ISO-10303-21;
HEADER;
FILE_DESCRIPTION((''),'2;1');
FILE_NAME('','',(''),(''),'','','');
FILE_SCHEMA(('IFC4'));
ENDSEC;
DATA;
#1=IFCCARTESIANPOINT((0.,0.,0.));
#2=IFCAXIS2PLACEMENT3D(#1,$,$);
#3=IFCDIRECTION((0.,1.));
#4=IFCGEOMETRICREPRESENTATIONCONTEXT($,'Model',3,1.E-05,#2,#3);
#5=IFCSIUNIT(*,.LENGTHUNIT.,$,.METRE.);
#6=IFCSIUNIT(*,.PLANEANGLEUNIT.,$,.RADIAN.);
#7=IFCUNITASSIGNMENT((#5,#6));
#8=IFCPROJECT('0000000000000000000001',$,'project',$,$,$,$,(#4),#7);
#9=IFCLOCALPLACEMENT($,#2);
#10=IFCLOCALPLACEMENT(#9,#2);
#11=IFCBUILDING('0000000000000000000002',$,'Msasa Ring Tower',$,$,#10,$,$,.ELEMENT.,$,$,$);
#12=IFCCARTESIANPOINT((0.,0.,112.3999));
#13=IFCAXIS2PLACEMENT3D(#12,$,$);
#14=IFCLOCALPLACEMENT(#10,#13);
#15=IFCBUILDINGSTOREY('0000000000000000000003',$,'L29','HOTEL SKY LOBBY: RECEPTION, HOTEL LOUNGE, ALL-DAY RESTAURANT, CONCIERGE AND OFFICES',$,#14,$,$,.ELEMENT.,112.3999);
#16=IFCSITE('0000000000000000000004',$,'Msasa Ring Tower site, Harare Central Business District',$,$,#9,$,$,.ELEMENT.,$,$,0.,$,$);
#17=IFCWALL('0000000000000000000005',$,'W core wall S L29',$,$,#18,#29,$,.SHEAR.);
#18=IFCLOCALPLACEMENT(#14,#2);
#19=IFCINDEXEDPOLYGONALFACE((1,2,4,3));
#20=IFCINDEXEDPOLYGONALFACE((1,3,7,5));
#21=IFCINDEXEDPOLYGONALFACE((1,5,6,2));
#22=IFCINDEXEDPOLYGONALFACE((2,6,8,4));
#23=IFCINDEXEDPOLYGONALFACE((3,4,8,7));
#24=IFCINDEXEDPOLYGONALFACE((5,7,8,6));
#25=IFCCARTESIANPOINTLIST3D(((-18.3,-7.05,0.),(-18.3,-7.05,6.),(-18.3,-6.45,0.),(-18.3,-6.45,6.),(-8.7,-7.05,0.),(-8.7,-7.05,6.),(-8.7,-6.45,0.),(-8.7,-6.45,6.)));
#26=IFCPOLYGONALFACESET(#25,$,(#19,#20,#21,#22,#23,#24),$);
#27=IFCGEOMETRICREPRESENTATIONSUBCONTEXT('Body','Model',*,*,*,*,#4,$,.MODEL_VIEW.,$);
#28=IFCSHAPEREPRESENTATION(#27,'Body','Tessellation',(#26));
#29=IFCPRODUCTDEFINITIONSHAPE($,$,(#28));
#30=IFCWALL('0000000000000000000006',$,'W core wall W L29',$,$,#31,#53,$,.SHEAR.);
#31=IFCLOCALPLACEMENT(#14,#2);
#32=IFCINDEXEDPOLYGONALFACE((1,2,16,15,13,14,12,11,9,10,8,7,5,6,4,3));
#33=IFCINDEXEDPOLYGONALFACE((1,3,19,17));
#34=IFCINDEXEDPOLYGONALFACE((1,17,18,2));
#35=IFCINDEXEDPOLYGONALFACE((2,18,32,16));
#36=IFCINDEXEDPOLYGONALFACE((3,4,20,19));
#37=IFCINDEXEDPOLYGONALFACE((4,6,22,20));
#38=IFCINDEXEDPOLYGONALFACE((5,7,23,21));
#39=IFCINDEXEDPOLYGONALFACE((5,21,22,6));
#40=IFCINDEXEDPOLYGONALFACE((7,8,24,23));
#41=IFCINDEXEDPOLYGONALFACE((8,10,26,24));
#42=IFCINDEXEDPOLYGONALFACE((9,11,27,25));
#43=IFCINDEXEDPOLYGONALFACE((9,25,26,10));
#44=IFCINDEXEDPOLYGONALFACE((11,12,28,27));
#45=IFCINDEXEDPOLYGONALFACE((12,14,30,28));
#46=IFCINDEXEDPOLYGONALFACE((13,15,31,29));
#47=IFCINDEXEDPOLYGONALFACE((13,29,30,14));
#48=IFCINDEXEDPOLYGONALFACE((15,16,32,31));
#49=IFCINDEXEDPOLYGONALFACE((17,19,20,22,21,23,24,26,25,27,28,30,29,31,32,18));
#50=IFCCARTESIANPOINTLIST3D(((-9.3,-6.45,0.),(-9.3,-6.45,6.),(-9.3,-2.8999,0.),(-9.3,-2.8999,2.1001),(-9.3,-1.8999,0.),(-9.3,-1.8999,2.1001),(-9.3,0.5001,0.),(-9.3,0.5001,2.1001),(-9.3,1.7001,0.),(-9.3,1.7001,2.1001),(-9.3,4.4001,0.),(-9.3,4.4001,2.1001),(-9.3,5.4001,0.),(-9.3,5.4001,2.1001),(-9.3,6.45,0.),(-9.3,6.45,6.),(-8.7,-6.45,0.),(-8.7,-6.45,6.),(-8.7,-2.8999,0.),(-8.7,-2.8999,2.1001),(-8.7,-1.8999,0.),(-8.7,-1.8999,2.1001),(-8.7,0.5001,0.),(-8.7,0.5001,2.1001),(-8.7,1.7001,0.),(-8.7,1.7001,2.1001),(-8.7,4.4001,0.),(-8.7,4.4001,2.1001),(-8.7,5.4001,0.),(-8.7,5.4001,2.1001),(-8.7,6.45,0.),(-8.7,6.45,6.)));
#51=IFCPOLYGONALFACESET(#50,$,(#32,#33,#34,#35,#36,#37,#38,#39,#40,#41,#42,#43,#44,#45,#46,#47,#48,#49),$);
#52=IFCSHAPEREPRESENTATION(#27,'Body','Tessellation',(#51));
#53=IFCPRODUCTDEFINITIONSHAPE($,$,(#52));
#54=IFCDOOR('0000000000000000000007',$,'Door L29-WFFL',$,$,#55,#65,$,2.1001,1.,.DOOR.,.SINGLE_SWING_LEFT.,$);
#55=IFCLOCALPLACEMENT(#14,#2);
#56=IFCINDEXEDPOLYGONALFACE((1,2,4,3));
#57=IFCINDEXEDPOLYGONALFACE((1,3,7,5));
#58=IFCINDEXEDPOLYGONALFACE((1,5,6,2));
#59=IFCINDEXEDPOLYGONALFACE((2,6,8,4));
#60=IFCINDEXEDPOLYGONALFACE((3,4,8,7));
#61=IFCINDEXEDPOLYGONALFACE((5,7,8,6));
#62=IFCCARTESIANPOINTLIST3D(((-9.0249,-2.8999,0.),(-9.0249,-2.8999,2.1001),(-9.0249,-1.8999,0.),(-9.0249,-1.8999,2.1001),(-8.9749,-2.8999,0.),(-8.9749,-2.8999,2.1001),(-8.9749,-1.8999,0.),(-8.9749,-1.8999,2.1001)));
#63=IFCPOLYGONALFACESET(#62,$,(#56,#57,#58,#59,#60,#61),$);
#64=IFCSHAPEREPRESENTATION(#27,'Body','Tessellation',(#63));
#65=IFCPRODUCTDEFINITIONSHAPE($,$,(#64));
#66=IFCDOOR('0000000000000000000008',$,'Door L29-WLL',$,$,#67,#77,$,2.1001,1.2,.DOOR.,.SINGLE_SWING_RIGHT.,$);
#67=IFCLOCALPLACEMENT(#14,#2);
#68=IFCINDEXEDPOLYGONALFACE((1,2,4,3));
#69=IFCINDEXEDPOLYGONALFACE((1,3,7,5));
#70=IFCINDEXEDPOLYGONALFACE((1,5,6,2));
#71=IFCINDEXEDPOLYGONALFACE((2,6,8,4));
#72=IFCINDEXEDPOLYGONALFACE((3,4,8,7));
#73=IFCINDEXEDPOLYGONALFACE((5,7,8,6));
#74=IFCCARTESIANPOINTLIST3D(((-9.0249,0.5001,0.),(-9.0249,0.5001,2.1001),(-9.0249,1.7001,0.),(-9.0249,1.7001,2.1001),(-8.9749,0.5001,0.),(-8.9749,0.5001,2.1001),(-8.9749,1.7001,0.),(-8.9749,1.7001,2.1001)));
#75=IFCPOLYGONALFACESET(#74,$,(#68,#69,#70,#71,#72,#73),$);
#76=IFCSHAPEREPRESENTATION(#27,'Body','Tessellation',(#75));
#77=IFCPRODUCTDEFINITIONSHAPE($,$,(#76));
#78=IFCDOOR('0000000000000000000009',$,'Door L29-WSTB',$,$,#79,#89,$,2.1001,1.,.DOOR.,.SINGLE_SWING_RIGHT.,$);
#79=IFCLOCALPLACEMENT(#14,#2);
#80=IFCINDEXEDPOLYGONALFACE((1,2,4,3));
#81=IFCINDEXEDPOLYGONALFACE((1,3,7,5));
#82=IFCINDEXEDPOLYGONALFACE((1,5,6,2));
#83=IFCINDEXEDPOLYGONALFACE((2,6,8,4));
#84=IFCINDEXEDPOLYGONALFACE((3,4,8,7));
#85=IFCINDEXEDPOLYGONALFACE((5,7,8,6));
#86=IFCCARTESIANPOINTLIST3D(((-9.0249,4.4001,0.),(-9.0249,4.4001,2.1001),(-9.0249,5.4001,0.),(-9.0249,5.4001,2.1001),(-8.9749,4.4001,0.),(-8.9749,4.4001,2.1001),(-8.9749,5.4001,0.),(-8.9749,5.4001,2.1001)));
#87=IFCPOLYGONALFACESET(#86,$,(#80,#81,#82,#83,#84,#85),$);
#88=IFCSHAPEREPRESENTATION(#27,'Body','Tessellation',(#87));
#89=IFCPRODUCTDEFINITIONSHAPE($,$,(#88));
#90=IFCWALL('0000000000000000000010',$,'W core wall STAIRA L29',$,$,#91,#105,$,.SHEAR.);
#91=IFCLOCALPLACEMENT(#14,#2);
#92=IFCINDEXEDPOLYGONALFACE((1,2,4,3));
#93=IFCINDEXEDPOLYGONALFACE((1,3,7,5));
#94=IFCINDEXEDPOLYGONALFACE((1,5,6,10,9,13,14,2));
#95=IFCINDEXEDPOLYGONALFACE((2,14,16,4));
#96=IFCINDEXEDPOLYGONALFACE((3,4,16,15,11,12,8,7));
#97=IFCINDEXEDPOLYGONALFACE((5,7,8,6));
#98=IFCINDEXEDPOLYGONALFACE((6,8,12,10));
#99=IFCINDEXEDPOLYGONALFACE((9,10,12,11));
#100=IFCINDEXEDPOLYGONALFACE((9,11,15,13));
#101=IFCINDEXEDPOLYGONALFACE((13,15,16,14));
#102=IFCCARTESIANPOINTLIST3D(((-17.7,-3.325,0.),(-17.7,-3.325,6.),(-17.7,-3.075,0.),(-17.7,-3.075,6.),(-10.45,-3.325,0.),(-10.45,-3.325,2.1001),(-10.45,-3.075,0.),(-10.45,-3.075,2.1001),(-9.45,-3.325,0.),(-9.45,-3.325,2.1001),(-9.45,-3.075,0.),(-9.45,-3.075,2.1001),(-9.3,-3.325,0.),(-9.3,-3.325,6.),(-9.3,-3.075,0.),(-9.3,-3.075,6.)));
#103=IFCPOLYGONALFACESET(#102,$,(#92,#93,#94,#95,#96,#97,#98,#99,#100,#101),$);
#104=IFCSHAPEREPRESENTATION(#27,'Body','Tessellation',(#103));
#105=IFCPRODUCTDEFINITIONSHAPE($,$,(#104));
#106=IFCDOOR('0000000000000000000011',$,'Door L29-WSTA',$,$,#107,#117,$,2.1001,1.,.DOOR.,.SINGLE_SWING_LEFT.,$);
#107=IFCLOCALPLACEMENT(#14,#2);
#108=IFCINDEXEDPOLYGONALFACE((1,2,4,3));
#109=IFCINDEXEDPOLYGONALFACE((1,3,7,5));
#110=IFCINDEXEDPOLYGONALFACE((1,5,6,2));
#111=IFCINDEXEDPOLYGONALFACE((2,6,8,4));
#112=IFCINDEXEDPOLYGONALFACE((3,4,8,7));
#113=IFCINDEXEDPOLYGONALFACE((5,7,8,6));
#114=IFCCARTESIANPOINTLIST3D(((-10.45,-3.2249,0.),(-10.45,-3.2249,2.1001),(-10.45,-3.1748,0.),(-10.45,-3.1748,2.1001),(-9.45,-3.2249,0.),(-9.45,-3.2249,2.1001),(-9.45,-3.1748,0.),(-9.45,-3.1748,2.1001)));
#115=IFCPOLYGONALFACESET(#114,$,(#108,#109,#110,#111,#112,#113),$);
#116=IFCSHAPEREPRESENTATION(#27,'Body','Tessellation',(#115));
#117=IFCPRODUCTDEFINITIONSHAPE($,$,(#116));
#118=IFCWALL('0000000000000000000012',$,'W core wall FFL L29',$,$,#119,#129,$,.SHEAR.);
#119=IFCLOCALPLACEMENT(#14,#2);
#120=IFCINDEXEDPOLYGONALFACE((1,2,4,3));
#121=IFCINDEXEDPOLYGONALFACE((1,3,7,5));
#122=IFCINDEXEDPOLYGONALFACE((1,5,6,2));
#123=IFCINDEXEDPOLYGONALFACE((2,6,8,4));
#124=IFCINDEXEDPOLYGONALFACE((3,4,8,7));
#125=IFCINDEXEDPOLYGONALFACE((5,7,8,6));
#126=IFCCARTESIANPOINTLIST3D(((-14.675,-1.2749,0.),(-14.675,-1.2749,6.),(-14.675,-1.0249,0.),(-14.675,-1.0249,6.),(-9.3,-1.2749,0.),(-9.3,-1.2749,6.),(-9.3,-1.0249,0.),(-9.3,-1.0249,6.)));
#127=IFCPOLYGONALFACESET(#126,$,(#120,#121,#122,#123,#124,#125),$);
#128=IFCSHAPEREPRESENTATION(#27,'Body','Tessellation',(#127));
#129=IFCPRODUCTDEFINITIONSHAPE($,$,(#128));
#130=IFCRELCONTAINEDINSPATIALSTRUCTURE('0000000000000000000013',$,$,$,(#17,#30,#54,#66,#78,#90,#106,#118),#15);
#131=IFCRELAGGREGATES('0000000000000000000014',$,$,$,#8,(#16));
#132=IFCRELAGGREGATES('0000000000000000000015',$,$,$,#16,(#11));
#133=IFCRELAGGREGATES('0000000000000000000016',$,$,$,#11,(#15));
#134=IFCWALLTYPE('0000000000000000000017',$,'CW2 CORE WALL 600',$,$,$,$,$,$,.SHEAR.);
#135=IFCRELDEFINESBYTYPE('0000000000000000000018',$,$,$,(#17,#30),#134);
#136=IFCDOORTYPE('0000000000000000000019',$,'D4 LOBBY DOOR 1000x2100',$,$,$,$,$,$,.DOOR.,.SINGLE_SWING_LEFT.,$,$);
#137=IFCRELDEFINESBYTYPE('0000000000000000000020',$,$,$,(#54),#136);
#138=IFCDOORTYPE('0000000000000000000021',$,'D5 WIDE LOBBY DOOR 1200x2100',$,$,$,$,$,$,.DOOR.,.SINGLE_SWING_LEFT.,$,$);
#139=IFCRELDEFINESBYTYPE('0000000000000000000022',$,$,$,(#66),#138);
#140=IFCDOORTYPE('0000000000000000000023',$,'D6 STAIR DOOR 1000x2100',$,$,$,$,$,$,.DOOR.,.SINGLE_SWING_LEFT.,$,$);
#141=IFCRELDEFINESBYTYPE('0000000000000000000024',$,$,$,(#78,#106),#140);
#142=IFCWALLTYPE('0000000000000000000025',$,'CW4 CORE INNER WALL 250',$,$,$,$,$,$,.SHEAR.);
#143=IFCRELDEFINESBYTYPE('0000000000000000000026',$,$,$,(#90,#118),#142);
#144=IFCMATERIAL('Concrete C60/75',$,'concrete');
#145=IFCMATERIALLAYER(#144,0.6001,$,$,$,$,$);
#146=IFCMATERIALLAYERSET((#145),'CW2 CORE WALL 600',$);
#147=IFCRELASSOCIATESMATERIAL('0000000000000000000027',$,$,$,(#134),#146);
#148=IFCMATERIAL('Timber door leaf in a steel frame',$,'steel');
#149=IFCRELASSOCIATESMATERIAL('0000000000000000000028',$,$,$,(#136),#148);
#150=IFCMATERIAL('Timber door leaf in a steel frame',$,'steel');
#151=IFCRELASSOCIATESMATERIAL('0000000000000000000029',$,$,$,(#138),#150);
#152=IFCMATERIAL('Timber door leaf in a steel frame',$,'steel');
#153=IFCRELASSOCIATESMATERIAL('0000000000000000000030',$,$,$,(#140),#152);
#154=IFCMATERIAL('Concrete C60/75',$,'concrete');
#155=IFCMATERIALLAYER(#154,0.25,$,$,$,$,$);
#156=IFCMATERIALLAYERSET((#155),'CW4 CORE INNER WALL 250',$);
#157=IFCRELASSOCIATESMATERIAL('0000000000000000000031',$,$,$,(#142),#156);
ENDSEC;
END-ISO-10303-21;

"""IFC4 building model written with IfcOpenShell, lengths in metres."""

from ifc_helpers import new_model, si_unit, direction, frame, frame_2d, origin, place, context, subcontext, project, spatial, rectangle, extrude, material, layer, layer_set, type_object, element, fill, save


model = new_model("IFC4")

# Units and contexts
model_context = context("Model", 3, precision=1e-05, world=origin(), true_north=direction((0.0, 1.0)))
body_context = subcontext(model_context, "Body", "Model", "MODEL_VIEW")
ifc_project = project(units=[si_unit("LENGTHUNIT", "METRE"), si_unit("PLANEANGLEUNIT", "RADIAN")], contexts=[model_context])

# Site, building, storey
site_placement = place(None, origin())
site = spatial("IfcSite", under=ifc_project, at=site_placement, Name="Msasa Ring Tower site, Harare Central Business District", CompositionType="ELEMENT", RefElevation=0.0)
building_placement = place(site_placement, origin())
building = spatial("IfcBuilding", under=site, at=building_placement, Name="Msasa Ring Tower", CompositionType="ELEMENT")
storey_placement = place(building_placement, frame((0.0, 0.0, 112.3999)))
storey = spatial("IfcBuildingStorey", under=building, at=storey_placement, Name="L29", Description="HOTEL SKY LOBBY: RECEPTION, HOTEL LOUNGE, ALL-DAY RESTAURANT, CONCIERGE AND OFFICES", CompositionType="ELEMENT", Elevation=112.3999)

# Wall
ifc_material_1 = material(Name="Concrete C60/75", Category="concrete")
ifc_layer_1 = layer(ifc_material_1, 0.6001)
ifc_layer_set_1 = layer_set([ifc_layer_1], Name="CW2 CORE WALL 600")
wall_type_1 = type_object("IfcWallType", Name="CW2 CORE WALL 600", PredefinedType="SHEAR", material=ifc_layer_set_1)
wall_1_placement = place(storey_placement, frame((-8.7, -6.75, 0.0), z_axis=(0.0, 0.0, 1.0), x_axis=(-1.0, 0.0, 0.0)))
element("IfcWall", 1, at=wall_1_placement, inside=storey, type_object=wall_type_1, Name="W core wall S L29", PredefinedType="SHEAR", context=body_context, shape_type="SweptSolid", body=[
    extrude(rectangle(XDim=9.6001, YDim=0.6001, at=frame_2d((4.8, 0.0))), origin(), (0.0, 0.0, 1.0), 6.0),
])

# Wall, openings, doors
wall_2_placement = place(storey_placement, frame((-9.0, -6.45, 0.0), z_axis=(0.0, 0.0, 1.0), x_axis=(0.0, 1.0, 0.0)))
wall_2 = element("IfcWall", 2, at=wall_2_placement, inside=storey, type_object=wall_type_1, Name="W core wall W L29", PredefinedType="SHEAR", context=body_context, shape_type="SweptSolid", body=[
    extrude(rectangle(XDim=12.8999, YDim=0.6001, at=frame_2d((6.45, 0.0))), origin(), (0.0, 0.0, 1.0), 6.0),
])
opening_1_placement = place(wall_2_placement, frame((3.55, 0.0, 0.0)))
opening_1 = element("IfcOpeningElement", 3, at=opening_1_placement, cuts=wall_2, PredefinedType="OPENING", context=body_context, shape_type="SweptSolid", body=[
    extrude(rectangle(XDim=1.0, YDim=2.1001, at=frame_2d((0.5, 1.05))), frame((0.0, 0.3101, 0.0), z_axis=(0.0, -1.0, 0.0), x_axis=(1.0, 0.0, 0.0)), (0.0, 0.0, 1.0), 0.6201),
])
opening_2_placement = place(wall_2_placement, frame((6.95, 0.0, 0.0)))
opening_2 = element("IfcOpeningElement", 4, at=opening_2_placement, cuts=wall_2, PredefinedType="OPENING", context=body_context, shape_type="SweptSolid", body=[
    extrude(rectangle(XDim=1.2, YDim=2.1001, at=frame_2d((0.6001, 1.05))), frame((0.0, 0.3101, 0.0), z_axis=(0.0, -1.0, 0.0), x_axis=(1.0, 0.0, 0.0)), (0.0, 0.0, 1.0), 0.6201),
])
opening_3_placement = place(wall_2_placement, frame((10.8501, 0.0, 0.0)))
opening_3 = element("IfcOpeningElement", 5, at=opening_3_placement, cuts=wall_2, PredefinedType="OPENING", context=body_context, shape_type="SweptSolid", body=[
    extrude(rectangle(XDim=1.0, YDim=2.1001, at=frame_2d((0.5, 1.05))), frame((0.0, 0.3101, 0.0), z_axis=(0.0, -1.0, 0.0), x_axis=(1.0, 0.0, 0.0)), (0.0, 0.0, 1.0), 0.6201),
])
ifc_material_2 = material(Name="Timber door leaf in a steel frame", Category="steel")
door_type_1 = type_object("IfcDoorType", Name="D4 LOBBY DOOR 1000x2100", OperationType="SINGLE_SWING_LEFT", PredefinedType="DOOR", material=ifc_material_2)
door_1_placement = place(opening_1_placement, origin())
door_1 = element("IfcDoor", 6, at=door_1_placement, inside=storey, type_object=door_type_1, Name="Door L29-WFFL", OperationType="SINGLE_SWING_LEFT", OverallHeight=2.1001, OverallWidth=1.0, PredefinedType="DOOR", context=body_context, shape_type="SweptSolid", body=[
    extrude(rectangle(XDim=1.0, YDim=2.1001, at=frame_2d((0.5, 1.05))), frame((0.0, 0.0249, 0.0), z_axis=(0.0, -1.0, 0.0), x_axis=(1.0, 0.0, 0.0)), (0.0, 0.0, 1.0), 0.05),
])
fill(opening_1, door_1)
ifc_material_3 = material(Name="Timber door leaf in a steel frame", Category="steel")
door_type_2 = type_object("IfcDoorType", Name="D5 WIDE LOBBY DOOR 1200x2100", OperationType="SINGLE_SWING_LEFT", PredefinedType="DOOR", material=ifc_material_3)
door_2_placement = place(opening_2_placement, origin())
door_2 = element("IfcDoor", 7, at=door_2_placement, inside=storey, type_object=door_type_2, Name="Door L29-WLL", OperationType="SINGLE_SWING_RIGHT", OverallHeight=2.1001, OverallWidth=1.2, PredefinedType="DOOR", context=body_context, shape_type="SweptSolid", body=[
    extrude(rectangle(XDim=1.2, YDim=2.1001, at=frame_2d((0.6001, 1.05))), frame((0.0, 0.0249, 0.0), z_axis=(0.0, -1.0, 0.0), x_axis=(1.0, 0.0, 0.0)), (0.0, 0.0, 1.0), 0.05),
])
fill(opening_2, door_2)
ifc_material_4 = material(Name="Timber door leaf in a steel frame", Category="steel")
door_type_3 = type_object("IfcDoorType", Name="D6 STAIR DOOR 1000x2100", OperationType="SINGLE_SWING_LEFT", PredefinedType="DOOR", material=ifc_material_4)
door_3_placement = place(opening_3_placement, origin())
door_3 = element("IfcDoor", 8, at=door_3_placement, inside=storey, type_object=door_type_3, Name="Door L29-WSTB", OperationType="SINGLE_SWING_RIGHT", OverallHeight=2.1001, OverallWidth=1.0, PredefinedType="DOOR", context=body_context, shape_type="SweptSolid", body=[
    extrude(rectangle(XDim=1.0, YDim=2.1001, at=frame_2d((0.5, 1.05))), frame((0.0, 0.0249, 0.0), z_axis=(0.0, -1.0, 0.0), x_axis=(1.0, 0.0, 0.0)), (0.0, 0.0, 1.0), 0.05),
])
fill(opening_3, door_3)

# Wall, opening, door
ifc_material_5 = material(Name="Concrete C60/75", Category="concrete")
ifc_layer_2 = layer(ifc_material_5, 0.25)
ifc_layer_set_2 = layer_set([ifc_layer_2], Name="CW4 CORE INNER WALL 250")
wall_type_2 = type_object("IfcWallType", Name="CW4 CORE INNER WALL 250", PredefinedType="SHEAR", material=ifc_layer_set_2)
wall_3_placement = place(storey_placement, frame((-9.3, -3.2, 0.0), z_axis=(0.0, 0.0, 1.0), x_axis=(-1.0, 0.0, 0.0)))
wall_3 = element("IfcWall", 9, at=wall_3_placement, inside=storey, type_object=wall_type_2, Name="W core wall STAIRA L29", PredefinedType="SHEAR", context=body_context, shape_type="SweptSolid", body=[
    extrude(rectangle(XDim=8.3999, YDim=0.25, at=frame_2d((4.2, 0.0))), origin(), (0.0, 0.0, 1.0), 6.0),
])
opening_4_placement = place(wall_3_placement, frame((0.1499, 0.0, 0.0)))
opening_4 = element("IfcOpeningElement", 10, at=opening_4_placement, cuts=wall_3, PredefinedType="OPENING", context=body_context, shape_type="SweptSolid", body=[
    extrude(rectangle(XDim=1.0, YDim=2.1001, at=frame_2d((0.5, 1.05))), frame((0.0, 0.135, 0.0), z_axis=(0.0, -1.0, 0.0), x_axis=(1.0, 0.0, 0.0)), (0.0, 0.0, 1.0), 0.27),
])
door_4_placement = place(opening_4_placement, origin())
door_4 = element("IfcDoor", 11, at=door_4_placement, inside=storey, type_object=door_type_3, Name="Door L29-WSTA", OperationType="SINGLE_SWING_LEFT", OverallHeight=2.1001, OverallWidth=1.0, PredefinedType="DOOR", context=body_context, shape_type="SweptSolid", body=[
    extrude(rectangle(XDim=1.0, YDim=2.1001, at=frame_2d((0.5, 1.05))), frame((0.0, 0.0249, 0.0), z_axis=(0.0, -1.0, 0.0), x_axis=(1.0, 0.0, 0.0)), (0.0, 0.0, 1.0), 0.05),
])
fill(opening_4, door_4)

# Wall
wall_4_placement = place(storey_placement, frame((-9.3, -1.1499, 0.0), z_axis=(0.0, 0.0, 1.0), x_axis=(-1.0, 0.0, 0.0)))
element("IfcWall", 12, at=wall_4_placement, inside=storey, type_object=wall_type_2, Name="W core wall FFL L29", PredefinedType="SHEAR", context=body_context, shape_type="SweptSolid", body=[
    extrude(rectangle(XDim=5.375, YDim=0.25, at=frame_2d((2.6875, 0.0))), origin(), (0.0, 0.0, 1.0), 6.0),
])

save(model, "model.ifc")
